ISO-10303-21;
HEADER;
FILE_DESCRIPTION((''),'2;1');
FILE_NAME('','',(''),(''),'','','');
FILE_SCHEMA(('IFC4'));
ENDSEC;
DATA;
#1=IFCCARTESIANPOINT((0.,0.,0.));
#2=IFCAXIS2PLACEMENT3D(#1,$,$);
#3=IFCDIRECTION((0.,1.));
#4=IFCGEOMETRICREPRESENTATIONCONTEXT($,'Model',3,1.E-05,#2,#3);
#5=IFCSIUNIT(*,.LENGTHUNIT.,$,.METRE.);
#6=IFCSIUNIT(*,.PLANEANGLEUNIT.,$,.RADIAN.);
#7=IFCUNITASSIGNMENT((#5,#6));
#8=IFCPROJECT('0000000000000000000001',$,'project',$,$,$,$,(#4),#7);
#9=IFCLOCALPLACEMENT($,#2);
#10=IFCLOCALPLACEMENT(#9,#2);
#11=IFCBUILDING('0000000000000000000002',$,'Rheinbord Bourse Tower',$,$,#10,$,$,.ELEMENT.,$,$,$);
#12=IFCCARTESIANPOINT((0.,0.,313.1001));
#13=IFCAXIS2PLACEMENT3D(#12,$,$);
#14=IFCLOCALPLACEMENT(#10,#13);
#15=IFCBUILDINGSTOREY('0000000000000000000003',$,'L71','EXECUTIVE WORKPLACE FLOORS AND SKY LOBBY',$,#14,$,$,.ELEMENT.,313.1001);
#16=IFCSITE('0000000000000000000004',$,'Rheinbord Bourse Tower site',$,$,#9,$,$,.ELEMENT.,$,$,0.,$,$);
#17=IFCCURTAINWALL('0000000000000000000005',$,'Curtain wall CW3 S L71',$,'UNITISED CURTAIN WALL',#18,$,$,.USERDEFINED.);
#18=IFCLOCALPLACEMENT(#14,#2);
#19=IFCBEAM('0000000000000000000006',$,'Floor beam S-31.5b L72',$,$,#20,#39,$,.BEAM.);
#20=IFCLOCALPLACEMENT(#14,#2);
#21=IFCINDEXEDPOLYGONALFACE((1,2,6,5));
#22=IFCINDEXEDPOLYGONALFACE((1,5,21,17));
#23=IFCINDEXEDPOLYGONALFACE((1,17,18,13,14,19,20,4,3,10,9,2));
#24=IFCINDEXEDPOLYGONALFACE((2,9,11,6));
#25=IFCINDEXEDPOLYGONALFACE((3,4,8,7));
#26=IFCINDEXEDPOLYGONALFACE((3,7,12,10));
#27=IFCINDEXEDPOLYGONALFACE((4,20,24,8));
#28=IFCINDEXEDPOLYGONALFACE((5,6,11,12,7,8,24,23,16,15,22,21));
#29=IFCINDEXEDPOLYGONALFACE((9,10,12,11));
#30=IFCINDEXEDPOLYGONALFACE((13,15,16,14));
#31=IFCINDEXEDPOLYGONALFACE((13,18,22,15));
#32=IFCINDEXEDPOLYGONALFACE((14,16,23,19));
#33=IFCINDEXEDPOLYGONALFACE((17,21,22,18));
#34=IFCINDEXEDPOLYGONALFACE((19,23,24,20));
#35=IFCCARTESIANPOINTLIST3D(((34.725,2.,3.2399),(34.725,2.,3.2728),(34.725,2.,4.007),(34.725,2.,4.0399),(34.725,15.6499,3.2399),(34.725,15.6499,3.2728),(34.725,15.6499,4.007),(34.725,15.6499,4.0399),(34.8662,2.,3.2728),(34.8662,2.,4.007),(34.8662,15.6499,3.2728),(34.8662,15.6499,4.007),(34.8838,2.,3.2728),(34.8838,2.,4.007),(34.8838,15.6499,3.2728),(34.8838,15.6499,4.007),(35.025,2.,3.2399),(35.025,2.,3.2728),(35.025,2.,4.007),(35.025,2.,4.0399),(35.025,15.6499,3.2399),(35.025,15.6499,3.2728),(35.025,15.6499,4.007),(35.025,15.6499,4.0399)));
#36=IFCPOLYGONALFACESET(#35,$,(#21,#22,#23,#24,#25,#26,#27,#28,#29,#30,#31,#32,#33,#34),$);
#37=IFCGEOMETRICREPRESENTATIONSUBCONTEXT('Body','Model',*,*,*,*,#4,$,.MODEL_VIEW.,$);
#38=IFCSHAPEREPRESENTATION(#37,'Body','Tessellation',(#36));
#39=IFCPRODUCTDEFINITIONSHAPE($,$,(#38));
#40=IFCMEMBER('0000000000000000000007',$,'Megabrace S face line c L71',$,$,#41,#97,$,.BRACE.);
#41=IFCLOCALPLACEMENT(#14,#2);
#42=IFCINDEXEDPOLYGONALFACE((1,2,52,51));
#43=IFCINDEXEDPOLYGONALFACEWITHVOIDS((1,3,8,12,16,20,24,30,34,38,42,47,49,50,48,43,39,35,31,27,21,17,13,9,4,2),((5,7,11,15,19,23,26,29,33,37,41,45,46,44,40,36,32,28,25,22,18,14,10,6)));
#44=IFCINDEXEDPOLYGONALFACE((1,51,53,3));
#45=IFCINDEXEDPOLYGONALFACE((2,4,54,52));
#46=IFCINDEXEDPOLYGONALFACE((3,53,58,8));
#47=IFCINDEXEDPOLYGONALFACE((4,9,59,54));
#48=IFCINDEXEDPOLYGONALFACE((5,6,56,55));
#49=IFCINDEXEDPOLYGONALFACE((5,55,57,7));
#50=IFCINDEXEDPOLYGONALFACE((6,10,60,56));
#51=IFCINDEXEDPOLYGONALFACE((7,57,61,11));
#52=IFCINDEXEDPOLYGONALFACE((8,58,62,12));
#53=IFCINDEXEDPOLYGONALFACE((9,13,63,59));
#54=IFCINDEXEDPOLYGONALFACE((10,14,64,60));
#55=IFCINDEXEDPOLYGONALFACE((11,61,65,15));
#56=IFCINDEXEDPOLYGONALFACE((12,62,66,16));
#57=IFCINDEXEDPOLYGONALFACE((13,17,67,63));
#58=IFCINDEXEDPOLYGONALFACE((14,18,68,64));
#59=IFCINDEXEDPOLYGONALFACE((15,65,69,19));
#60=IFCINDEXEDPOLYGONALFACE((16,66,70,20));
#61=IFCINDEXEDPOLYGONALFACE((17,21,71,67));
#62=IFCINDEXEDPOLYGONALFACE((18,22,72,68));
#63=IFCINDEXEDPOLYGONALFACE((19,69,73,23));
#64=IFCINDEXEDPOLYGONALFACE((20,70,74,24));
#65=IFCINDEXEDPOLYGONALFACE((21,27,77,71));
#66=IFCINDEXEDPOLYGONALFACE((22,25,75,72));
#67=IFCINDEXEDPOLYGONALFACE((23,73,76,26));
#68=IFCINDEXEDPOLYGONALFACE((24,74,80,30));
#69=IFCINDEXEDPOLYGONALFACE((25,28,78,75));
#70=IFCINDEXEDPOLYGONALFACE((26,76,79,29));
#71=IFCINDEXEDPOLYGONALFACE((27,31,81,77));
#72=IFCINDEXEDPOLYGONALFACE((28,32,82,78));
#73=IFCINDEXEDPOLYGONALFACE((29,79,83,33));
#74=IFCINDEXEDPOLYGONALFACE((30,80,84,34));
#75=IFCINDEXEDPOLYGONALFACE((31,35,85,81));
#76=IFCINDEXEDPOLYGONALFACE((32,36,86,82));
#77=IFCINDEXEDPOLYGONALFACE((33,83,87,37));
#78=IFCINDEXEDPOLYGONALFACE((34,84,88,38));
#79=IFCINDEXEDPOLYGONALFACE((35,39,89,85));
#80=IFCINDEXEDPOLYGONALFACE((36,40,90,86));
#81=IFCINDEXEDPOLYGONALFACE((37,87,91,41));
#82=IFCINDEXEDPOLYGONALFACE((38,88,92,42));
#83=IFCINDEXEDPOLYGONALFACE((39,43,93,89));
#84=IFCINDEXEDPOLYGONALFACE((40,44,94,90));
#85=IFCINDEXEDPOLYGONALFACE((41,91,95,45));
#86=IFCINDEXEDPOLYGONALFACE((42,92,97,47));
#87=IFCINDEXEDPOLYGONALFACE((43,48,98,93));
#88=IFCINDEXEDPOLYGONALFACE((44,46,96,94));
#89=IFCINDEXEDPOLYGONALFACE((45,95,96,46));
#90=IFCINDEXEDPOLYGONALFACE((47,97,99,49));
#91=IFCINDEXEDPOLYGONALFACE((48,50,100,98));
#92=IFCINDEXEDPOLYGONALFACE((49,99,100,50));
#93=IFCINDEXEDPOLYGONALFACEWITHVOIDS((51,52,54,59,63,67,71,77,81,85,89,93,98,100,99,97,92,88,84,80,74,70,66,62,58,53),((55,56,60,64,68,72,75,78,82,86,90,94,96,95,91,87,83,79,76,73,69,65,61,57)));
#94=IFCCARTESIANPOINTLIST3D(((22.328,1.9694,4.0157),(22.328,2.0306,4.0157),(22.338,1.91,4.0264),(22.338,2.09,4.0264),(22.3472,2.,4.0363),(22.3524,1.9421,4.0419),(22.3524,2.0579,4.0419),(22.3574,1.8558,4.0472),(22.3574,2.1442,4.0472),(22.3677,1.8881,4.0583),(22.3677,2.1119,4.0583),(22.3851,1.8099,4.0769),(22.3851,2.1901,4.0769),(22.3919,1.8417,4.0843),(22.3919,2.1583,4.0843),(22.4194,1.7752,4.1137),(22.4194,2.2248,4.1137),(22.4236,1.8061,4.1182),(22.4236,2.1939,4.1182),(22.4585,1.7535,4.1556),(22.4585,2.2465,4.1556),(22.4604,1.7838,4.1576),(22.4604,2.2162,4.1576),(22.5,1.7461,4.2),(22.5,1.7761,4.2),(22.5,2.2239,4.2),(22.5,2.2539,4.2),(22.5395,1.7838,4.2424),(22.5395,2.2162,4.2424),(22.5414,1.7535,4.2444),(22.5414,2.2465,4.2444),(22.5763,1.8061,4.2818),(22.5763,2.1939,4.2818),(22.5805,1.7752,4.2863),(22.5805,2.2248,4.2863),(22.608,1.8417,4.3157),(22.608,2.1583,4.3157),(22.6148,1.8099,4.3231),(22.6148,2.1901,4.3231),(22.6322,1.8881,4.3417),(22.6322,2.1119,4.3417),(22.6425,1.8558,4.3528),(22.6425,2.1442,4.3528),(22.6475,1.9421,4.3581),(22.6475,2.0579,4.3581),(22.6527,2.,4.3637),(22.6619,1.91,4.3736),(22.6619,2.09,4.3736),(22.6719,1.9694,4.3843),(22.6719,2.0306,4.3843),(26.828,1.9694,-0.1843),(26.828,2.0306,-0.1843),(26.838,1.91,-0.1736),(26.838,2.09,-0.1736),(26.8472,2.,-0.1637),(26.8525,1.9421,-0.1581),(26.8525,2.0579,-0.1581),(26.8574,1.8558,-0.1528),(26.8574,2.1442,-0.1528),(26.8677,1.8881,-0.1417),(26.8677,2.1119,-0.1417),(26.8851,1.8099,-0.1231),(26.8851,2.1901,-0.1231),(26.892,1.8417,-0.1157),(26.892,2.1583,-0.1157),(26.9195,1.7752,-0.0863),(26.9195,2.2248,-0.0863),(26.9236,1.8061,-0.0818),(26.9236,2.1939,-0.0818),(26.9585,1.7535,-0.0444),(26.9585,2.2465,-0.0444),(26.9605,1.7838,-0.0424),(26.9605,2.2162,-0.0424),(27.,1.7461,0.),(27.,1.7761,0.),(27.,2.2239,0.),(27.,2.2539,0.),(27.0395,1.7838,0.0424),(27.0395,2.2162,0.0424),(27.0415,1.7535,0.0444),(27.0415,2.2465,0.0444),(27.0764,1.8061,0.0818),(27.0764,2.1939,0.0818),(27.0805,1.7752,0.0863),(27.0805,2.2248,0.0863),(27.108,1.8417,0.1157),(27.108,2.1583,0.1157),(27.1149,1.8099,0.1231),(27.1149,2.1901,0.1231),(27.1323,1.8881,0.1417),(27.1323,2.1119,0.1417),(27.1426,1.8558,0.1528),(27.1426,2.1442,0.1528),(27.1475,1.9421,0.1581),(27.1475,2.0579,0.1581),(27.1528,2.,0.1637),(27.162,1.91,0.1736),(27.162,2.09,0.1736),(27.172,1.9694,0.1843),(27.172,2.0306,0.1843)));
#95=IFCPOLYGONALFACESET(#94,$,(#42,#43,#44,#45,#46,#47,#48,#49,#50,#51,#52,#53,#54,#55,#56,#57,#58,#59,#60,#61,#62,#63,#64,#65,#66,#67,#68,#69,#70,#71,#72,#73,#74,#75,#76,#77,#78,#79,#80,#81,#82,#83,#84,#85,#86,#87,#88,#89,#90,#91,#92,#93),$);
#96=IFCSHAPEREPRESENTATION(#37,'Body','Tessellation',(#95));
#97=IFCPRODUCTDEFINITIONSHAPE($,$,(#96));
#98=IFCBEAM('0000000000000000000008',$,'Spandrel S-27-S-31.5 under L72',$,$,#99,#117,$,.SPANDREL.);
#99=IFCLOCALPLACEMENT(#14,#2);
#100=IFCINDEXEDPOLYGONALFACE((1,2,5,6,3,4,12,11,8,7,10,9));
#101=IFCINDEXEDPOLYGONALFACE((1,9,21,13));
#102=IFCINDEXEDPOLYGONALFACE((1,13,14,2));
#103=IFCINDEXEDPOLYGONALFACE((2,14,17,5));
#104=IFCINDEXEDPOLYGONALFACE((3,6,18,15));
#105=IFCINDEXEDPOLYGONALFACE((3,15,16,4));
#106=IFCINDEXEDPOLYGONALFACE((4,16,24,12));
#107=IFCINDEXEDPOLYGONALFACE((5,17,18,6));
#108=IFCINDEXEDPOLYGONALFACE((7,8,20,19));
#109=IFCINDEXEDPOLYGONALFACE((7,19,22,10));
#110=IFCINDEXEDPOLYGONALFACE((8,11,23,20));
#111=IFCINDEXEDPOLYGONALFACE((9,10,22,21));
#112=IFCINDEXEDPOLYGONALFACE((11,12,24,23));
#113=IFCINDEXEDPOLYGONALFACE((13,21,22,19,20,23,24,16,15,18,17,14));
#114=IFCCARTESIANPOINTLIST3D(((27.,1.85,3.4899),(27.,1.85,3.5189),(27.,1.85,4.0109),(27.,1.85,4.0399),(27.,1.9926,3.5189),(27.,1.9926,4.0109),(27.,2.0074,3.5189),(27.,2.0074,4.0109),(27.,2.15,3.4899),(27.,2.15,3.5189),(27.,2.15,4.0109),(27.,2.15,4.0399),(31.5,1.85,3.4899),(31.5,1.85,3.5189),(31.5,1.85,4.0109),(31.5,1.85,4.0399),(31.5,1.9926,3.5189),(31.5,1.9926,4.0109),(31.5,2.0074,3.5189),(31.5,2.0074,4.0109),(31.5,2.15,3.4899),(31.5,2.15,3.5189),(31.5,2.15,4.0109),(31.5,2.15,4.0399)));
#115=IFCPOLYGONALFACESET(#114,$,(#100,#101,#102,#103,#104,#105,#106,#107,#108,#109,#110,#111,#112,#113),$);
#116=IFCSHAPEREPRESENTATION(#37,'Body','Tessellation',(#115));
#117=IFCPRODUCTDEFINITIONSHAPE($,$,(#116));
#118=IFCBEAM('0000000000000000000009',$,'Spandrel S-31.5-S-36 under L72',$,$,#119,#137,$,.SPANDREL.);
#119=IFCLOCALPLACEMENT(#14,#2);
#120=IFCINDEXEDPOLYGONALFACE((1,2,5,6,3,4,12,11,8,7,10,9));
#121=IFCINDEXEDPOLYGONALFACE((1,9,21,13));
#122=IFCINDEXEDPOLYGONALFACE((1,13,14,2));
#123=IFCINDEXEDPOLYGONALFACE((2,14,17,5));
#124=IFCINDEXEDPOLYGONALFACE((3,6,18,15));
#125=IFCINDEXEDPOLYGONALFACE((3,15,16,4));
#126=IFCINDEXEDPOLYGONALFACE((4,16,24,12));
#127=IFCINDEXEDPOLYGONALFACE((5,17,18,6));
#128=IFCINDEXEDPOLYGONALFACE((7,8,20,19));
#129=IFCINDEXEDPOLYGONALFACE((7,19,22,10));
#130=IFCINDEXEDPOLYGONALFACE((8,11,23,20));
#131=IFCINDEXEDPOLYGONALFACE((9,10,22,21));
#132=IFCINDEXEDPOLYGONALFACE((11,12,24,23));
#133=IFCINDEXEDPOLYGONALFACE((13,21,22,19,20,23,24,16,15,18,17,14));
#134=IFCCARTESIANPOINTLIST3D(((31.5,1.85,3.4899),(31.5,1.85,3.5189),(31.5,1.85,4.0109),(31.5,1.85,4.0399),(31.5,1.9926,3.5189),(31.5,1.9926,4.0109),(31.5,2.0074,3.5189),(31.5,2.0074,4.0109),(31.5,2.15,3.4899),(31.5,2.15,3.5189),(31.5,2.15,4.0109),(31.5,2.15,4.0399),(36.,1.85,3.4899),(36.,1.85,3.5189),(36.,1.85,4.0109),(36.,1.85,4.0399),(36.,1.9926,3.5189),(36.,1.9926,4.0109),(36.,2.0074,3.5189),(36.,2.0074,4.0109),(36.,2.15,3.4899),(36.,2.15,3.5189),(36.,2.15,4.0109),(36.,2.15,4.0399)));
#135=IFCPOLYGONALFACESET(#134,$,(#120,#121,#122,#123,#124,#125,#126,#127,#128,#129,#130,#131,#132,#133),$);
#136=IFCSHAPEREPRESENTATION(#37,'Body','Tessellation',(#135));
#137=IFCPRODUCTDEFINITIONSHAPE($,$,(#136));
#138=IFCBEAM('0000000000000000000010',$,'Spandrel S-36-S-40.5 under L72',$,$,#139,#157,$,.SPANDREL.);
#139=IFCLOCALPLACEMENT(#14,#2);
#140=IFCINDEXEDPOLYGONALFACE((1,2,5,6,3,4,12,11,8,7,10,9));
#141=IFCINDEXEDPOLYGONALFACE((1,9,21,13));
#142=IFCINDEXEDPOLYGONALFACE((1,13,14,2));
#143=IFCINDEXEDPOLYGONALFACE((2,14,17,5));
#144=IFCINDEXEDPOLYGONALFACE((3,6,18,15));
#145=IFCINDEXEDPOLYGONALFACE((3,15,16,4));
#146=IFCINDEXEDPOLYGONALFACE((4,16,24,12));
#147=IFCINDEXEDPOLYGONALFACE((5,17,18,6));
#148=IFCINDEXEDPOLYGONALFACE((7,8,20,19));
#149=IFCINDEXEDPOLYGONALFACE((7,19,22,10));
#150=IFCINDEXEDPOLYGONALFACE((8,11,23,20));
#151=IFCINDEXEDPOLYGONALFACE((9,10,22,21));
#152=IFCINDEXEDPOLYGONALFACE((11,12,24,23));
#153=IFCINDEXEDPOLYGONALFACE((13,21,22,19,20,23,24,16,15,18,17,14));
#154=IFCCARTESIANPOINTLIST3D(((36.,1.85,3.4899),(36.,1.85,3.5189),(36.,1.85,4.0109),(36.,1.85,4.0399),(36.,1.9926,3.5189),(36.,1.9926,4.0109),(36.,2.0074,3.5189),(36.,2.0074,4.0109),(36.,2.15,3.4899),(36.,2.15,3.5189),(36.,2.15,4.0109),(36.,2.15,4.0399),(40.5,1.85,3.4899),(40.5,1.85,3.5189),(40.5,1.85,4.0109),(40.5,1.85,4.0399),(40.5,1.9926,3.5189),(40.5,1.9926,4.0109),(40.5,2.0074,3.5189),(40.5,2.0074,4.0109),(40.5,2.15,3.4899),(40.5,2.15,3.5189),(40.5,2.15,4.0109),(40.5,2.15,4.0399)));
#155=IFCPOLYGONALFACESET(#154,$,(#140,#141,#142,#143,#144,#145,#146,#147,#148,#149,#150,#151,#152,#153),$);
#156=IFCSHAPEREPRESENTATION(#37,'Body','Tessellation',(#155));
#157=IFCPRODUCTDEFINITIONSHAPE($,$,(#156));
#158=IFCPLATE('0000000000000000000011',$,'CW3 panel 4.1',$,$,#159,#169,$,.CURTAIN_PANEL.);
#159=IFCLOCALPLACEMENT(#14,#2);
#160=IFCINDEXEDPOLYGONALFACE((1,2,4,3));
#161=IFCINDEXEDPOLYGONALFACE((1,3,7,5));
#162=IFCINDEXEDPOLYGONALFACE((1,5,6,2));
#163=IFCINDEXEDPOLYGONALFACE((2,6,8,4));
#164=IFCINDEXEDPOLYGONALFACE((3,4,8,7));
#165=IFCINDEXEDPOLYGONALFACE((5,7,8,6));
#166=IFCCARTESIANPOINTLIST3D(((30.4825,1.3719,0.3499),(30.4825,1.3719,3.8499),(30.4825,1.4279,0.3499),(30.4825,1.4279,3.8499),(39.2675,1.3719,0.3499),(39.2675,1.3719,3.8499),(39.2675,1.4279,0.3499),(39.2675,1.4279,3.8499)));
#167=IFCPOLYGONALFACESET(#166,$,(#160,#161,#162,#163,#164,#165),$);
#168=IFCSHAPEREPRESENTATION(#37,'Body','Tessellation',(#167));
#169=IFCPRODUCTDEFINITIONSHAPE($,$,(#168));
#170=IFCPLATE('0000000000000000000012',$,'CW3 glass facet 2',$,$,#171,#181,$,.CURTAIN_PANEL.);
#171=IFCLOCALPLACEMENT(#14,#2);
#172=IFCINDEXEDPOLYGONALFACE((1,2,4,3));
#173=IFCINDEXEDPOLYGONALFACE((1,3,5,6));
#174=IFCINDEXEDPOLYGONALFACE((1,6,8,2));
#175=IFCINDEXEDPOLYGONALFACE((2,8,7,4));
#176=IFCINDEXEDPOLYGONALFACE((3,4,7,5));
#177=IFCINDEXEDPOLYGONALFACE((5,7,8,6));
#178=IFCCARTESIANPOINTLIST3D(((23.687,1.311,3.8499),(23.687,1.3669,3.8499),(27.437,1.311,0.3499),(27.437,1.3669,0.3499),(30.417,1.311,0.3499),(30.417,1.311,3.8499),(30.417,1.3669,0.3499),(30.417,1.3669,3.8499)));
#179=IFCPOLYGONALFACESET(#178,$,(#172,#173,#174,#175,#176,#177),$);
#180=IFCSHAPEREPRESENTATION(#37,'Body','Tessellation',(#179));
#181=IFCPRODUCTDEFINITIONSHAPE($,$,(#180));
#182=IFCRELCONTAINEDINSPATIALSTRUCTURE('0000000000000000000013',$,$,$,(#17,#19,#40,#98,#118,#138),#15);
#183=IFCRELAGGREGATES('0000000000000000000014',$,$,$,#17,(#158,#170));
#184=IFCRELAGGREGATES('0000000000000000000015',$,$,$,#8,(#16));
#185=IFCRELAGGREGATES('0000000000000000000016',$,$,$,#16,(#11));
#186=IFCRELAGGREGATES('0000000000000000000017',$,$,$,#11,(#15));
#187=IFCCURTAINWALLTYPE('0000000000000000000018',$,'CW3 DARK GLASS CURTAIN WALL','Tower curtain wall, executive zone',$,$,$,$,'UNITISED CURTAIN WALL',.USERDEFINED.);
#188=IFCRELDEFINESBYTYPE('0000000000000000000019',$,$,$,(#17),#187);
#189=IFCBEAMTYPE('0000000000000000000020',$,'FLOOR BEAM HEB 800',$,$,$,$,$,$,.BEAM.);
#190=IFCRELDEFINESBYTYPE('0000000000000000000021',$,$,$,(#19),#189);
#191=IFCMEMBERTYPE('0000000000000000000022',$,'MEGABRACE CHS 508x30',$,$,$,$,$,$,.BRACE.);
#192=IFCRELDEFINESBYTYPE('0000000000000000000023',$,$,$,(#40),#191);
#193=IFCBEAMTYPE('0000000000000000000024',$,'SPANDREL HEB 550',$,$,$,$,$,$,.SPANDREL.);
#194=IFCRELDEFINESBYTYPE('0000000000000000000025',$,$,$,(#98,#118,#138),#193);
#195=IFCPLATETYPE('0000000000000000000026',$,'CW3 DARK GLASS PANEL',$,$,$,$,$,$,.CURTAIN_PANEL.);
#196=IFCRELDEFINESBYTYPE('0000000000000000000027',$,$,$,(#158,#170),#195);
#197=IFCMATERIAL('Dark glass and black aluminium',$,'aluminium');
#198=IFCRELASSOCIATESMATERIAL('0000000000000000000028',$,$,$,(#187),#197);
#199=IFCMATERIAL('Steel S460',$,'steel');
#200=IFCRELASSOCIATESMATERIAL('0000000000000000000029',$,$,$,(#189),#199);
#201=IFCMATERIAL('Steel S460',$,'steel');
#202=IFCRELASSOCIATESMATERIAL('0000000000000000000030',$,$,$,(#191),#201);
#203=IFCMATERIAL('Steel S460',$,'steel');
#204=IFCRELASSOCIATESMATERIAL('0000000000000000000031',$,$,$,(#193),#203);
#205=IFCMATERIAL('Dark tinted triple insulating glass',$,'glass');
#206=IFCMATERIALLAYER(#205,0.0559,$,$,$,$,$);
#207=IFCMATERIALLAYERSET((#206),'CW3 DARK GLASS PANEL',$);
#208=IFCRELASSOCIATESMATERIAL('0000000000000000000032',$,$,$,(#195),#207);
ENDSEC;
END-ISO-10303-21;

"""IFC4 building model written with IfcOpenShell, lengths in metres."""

from ifc_helpers import new_model, si_unit, direction, frame, origin, origin_2d, place, context, subcontext, project, spatial, polyline, rectangle, hollow_circle, i_section, outline, extrude, material, layer, layer_set, material_profile, profile_set, type_object, element, aggregate, save


model = new_model("IFC4")

# Units and contexts
model_context = context("Model", 3, precision=1e-05, world=origin(), true_north=direction((0.0, 1.0)))
body_context = subcontext(model_context, "Body", "Model", "MODEL_VIEW")
ifc_project = project(units=[si_unit("LENGTHUNIT", "METRE"), si_unit("PLANEANGLEUNIT", "RADIAN")], contexts=[model_context])

# Site, building, storey
site_placement = place(None, origin())
site = spatial("IfcSite", under=ifc_project, at=site_placement, Name="Rheinbord Bourse Tower site", CompositionType="ELEMENT", RefElevation=0.0)
building_placement = place(site_placement, origin())
building = spatial("IfcBuilding", under=site, at=building_placement, Name="Rheinbord Bourse Tower", CompositionType="ELEMENT")
storey_placement = place(building_placement, frame((0.0, 0.0, 313.1001)))
storey = spatial("IfcBuildingStorey", under=building, at=storey_placement, Name="L71", Description="EXECUTIVE WORKPLACE FLOORS AND SKY LOBBY", CompositionType="ELEMENT", Elevation=313.1001)

# Curtain wall
ifc_material_1 = material(Name="Dark glass and black aluminium", Category="aluminium")
curtain_wall_type = type_object("IfcCurtainWallType", Name="CW3 DARK GLASS CURTAIN WALL", Description="Tower curtain wall, executive zone", ElementType="UNITISED CURTAIN WALL", PredefinedType="USERDEFINED", material=ifc_material_1)
curtain_wall_placement = place(storey_placement, origin())
curtain_wall = element("IfcCurtainWall", 1, at=curtain_wall_placement, inside=storey, type_object=curtain_wall_type, Name="Curtain wall CW3 S L71", ObjectType="UNITISED CURTAIN WALL", PredefinedType="USERDEFINED")

# Beam
ifc_material_2 = material(Name="Steel S460", Category="steel")
ifc_material_profile_1 = material_profile(ifc_material_2, i_section(OverallWidth=0.3, OverallDepth=0.8, WebThickness=0.0176, FlangeThickness=0.033, at=origin_2d()), Name="HEB 800")
ifc_profile_set_1 = profile_set([ifc_material_profile_1], Name="Steel S460")
beam_type_1 = type_object("IfcBeamType", Name="FLOOR BEAM HEB 800", PredefinedType="BEAM", material=ifc_profile_set_1)
for number, where, z_axis, x_axis, name in (
    (2, (34.875, 2.0, 3.6399), (0.0, 1.0, 0.0), (-1.0, 0.0, 0.0), "Floor beam S-31.5b L72"),
):
    element("IfcBeam", number, at=place(storey_placement, frame(where, z_axis=z_axis, x_axis=x_axis)), inside=storey, type_object=beam_type_1, Name=name, PredefinedType="BEAM", context=body_context, shape_type="SweptSolid", body=[
        extrude(i_section(OverallWidth=0.3, OverallDepth=0.8, WebThickness=0.0176, FlangeThickness=0.033, at=origin_2d()), origin(), (0.0, 0.0, 1.0), 13.6499),
    ])

# Member
ifc_material_3 = material(Name="Steel S460", Category="steel")
ifc_material_profile_2 = material_profile(ifc_material_3, hollow_circle(Radius=0.2539, WallThickness=0.03, at=origin_2d()), Name="CHS 508x30")
ifc_profile_set_2 = profile_set([ifc_material_profile_2], Name="Steel S460")
member_type_1 = type_object("IfcMemberType", Name="MEGABRACE CHS 508x30", PredefinedType="BRACE", material=ifc_profile_set_2)
member_1_placement = place(storey_placement, frame((27.0, 2.0, 0.0), z_axis=(-0.731059, 0.0, 0.682314), x_axis=(0.0, -1.0, 0.0)))
element("IfcMember", 3, at=member_1_placement, inside=storey, type_object=member_type_1, Name="Megabrace S face line c L71", PredefinedType="BRACE", context=body_context, shape_type="SweptSolid", body=[
    extrude(hollow_circle(Radius=0.2539, WallThickness=0.03, at=origin_2d()), origin(), (0.0, 0.0, 1.0), 6.1555),
])

# Beams
ifc_material_4 = material(Name="Steel S460", Category="steel")
ifc_material_profile_3 = material_profile(ifc_material_4, i_section(OverallWidth=0.3, OverallDepth=0.55, WebThickness=0.0149, FlangeThickness=0.0291, at=origin_2d()), Name="HEB 550")
ifc_profile_set_3 = profile_set([ifc_material_profile_3], Name="Steel S460")
beam_type_2 = type_object("IfcBeamType", Name="SPANDREL HEB 550", PredefinedType="SPANDREL", material=ifc_profile_set_3)
for number, where, z_axis, x_axis, name in (
    (4, (27.0, 2.0, 3.7649), (1.0, 0.0, 0.0), (0.0, 1.0, 0.0), "Spandrel S-27-S-31.5 under L72"),
    (5, (31.5, 2.0, 3.7649), (1.0, 0.0, 0.0), (0.0, 1.0, 0.0), "Spandrel S-31.5-S-36 under L72"),
    (6, (36.0, 2.0, 3.7649), (1.0, 0.0, 0.0), (0.0, 1.0, 0.0), "Spandrel S-36-S-40.5 under L72"),
):
    element("IfcBeam", number, at=place(storey_placement, frame(where, z_axis=z_axis, x_axis=x_axis)), inside=storey, type_object=beam_type_2, Name=name, PredefinedType="SPANDREL", context=body_context, shape_type="SweptSolid", body=[
        extrude(i_section(OverallWidth=0.3, OverallDepth=0.55, WebThickness=0.0149, FlangeThickness=0.0291, at=origin_2d()), origin(), (0.0, 0.0, 1.0), 4.5),
    ])

# Plates
ifc_material_5 = material(Name="Dark tinted triple insulating glass", Category="glass")
ifc_layer_1 = layer(ifc_material_5, 0.0559)
ifc_layer_set_1 = layer_set([ifc_layer_1], Name="CW3 DARK GLASS PANEL")
plate_type = type_object("IfcPlateType", Name="CW3 DARK GLASS PANEL", PredefinedType="CURTAIN_PANEL", material=ifc_layer_set_1)
plate_1_placement = place(storey_placement, frame((34.875, 1.3999, 0.3499), z_axis=(0.0, 0.0, 1.0), x_axis=(1.0, 0.0, 0.0)))
plate_1 = element("IfcPlate", 7, at=plate_1_placement, type_object=plate_type, Name="CW3 panel 4.1", PredefinedType="CURTAIN_PANEL", context=body_context, shape_type="SweptSolid", body=[
    extrude(rectangle(XDim=8.7849, YDim=0.0559, at=origin_2d()), origin(), (0.0, 0.0, 1.0), 3.5),
])
plate_2_placement = place(storey_placement, frame((30.417, 1.311, 3.8499), z_axis=(0.0, 1.0, 0.0), x_axis=(0.0, 0.0, -1.0)))
plate_2 = element("IfcPlate", 8, at=plate_2_placement, type_object=plate_type, Name="CW3 glass facet 2", PredefinedType="CURTAIN_PANEL", context=body_context, shape_type="SweptSolid", body=[
    extrude(outline(polyline([(0.0, 0.0), (3.5, 0.0), (3.5, 2.98), (0.0, 6.73), (0.0, 0.0)])), origin(), (0.0, 0.0, 1.0), 0.0559),
])
aggregate(curtain_wall, [plate_1, plate_2])

save(model, "model.ifc")
